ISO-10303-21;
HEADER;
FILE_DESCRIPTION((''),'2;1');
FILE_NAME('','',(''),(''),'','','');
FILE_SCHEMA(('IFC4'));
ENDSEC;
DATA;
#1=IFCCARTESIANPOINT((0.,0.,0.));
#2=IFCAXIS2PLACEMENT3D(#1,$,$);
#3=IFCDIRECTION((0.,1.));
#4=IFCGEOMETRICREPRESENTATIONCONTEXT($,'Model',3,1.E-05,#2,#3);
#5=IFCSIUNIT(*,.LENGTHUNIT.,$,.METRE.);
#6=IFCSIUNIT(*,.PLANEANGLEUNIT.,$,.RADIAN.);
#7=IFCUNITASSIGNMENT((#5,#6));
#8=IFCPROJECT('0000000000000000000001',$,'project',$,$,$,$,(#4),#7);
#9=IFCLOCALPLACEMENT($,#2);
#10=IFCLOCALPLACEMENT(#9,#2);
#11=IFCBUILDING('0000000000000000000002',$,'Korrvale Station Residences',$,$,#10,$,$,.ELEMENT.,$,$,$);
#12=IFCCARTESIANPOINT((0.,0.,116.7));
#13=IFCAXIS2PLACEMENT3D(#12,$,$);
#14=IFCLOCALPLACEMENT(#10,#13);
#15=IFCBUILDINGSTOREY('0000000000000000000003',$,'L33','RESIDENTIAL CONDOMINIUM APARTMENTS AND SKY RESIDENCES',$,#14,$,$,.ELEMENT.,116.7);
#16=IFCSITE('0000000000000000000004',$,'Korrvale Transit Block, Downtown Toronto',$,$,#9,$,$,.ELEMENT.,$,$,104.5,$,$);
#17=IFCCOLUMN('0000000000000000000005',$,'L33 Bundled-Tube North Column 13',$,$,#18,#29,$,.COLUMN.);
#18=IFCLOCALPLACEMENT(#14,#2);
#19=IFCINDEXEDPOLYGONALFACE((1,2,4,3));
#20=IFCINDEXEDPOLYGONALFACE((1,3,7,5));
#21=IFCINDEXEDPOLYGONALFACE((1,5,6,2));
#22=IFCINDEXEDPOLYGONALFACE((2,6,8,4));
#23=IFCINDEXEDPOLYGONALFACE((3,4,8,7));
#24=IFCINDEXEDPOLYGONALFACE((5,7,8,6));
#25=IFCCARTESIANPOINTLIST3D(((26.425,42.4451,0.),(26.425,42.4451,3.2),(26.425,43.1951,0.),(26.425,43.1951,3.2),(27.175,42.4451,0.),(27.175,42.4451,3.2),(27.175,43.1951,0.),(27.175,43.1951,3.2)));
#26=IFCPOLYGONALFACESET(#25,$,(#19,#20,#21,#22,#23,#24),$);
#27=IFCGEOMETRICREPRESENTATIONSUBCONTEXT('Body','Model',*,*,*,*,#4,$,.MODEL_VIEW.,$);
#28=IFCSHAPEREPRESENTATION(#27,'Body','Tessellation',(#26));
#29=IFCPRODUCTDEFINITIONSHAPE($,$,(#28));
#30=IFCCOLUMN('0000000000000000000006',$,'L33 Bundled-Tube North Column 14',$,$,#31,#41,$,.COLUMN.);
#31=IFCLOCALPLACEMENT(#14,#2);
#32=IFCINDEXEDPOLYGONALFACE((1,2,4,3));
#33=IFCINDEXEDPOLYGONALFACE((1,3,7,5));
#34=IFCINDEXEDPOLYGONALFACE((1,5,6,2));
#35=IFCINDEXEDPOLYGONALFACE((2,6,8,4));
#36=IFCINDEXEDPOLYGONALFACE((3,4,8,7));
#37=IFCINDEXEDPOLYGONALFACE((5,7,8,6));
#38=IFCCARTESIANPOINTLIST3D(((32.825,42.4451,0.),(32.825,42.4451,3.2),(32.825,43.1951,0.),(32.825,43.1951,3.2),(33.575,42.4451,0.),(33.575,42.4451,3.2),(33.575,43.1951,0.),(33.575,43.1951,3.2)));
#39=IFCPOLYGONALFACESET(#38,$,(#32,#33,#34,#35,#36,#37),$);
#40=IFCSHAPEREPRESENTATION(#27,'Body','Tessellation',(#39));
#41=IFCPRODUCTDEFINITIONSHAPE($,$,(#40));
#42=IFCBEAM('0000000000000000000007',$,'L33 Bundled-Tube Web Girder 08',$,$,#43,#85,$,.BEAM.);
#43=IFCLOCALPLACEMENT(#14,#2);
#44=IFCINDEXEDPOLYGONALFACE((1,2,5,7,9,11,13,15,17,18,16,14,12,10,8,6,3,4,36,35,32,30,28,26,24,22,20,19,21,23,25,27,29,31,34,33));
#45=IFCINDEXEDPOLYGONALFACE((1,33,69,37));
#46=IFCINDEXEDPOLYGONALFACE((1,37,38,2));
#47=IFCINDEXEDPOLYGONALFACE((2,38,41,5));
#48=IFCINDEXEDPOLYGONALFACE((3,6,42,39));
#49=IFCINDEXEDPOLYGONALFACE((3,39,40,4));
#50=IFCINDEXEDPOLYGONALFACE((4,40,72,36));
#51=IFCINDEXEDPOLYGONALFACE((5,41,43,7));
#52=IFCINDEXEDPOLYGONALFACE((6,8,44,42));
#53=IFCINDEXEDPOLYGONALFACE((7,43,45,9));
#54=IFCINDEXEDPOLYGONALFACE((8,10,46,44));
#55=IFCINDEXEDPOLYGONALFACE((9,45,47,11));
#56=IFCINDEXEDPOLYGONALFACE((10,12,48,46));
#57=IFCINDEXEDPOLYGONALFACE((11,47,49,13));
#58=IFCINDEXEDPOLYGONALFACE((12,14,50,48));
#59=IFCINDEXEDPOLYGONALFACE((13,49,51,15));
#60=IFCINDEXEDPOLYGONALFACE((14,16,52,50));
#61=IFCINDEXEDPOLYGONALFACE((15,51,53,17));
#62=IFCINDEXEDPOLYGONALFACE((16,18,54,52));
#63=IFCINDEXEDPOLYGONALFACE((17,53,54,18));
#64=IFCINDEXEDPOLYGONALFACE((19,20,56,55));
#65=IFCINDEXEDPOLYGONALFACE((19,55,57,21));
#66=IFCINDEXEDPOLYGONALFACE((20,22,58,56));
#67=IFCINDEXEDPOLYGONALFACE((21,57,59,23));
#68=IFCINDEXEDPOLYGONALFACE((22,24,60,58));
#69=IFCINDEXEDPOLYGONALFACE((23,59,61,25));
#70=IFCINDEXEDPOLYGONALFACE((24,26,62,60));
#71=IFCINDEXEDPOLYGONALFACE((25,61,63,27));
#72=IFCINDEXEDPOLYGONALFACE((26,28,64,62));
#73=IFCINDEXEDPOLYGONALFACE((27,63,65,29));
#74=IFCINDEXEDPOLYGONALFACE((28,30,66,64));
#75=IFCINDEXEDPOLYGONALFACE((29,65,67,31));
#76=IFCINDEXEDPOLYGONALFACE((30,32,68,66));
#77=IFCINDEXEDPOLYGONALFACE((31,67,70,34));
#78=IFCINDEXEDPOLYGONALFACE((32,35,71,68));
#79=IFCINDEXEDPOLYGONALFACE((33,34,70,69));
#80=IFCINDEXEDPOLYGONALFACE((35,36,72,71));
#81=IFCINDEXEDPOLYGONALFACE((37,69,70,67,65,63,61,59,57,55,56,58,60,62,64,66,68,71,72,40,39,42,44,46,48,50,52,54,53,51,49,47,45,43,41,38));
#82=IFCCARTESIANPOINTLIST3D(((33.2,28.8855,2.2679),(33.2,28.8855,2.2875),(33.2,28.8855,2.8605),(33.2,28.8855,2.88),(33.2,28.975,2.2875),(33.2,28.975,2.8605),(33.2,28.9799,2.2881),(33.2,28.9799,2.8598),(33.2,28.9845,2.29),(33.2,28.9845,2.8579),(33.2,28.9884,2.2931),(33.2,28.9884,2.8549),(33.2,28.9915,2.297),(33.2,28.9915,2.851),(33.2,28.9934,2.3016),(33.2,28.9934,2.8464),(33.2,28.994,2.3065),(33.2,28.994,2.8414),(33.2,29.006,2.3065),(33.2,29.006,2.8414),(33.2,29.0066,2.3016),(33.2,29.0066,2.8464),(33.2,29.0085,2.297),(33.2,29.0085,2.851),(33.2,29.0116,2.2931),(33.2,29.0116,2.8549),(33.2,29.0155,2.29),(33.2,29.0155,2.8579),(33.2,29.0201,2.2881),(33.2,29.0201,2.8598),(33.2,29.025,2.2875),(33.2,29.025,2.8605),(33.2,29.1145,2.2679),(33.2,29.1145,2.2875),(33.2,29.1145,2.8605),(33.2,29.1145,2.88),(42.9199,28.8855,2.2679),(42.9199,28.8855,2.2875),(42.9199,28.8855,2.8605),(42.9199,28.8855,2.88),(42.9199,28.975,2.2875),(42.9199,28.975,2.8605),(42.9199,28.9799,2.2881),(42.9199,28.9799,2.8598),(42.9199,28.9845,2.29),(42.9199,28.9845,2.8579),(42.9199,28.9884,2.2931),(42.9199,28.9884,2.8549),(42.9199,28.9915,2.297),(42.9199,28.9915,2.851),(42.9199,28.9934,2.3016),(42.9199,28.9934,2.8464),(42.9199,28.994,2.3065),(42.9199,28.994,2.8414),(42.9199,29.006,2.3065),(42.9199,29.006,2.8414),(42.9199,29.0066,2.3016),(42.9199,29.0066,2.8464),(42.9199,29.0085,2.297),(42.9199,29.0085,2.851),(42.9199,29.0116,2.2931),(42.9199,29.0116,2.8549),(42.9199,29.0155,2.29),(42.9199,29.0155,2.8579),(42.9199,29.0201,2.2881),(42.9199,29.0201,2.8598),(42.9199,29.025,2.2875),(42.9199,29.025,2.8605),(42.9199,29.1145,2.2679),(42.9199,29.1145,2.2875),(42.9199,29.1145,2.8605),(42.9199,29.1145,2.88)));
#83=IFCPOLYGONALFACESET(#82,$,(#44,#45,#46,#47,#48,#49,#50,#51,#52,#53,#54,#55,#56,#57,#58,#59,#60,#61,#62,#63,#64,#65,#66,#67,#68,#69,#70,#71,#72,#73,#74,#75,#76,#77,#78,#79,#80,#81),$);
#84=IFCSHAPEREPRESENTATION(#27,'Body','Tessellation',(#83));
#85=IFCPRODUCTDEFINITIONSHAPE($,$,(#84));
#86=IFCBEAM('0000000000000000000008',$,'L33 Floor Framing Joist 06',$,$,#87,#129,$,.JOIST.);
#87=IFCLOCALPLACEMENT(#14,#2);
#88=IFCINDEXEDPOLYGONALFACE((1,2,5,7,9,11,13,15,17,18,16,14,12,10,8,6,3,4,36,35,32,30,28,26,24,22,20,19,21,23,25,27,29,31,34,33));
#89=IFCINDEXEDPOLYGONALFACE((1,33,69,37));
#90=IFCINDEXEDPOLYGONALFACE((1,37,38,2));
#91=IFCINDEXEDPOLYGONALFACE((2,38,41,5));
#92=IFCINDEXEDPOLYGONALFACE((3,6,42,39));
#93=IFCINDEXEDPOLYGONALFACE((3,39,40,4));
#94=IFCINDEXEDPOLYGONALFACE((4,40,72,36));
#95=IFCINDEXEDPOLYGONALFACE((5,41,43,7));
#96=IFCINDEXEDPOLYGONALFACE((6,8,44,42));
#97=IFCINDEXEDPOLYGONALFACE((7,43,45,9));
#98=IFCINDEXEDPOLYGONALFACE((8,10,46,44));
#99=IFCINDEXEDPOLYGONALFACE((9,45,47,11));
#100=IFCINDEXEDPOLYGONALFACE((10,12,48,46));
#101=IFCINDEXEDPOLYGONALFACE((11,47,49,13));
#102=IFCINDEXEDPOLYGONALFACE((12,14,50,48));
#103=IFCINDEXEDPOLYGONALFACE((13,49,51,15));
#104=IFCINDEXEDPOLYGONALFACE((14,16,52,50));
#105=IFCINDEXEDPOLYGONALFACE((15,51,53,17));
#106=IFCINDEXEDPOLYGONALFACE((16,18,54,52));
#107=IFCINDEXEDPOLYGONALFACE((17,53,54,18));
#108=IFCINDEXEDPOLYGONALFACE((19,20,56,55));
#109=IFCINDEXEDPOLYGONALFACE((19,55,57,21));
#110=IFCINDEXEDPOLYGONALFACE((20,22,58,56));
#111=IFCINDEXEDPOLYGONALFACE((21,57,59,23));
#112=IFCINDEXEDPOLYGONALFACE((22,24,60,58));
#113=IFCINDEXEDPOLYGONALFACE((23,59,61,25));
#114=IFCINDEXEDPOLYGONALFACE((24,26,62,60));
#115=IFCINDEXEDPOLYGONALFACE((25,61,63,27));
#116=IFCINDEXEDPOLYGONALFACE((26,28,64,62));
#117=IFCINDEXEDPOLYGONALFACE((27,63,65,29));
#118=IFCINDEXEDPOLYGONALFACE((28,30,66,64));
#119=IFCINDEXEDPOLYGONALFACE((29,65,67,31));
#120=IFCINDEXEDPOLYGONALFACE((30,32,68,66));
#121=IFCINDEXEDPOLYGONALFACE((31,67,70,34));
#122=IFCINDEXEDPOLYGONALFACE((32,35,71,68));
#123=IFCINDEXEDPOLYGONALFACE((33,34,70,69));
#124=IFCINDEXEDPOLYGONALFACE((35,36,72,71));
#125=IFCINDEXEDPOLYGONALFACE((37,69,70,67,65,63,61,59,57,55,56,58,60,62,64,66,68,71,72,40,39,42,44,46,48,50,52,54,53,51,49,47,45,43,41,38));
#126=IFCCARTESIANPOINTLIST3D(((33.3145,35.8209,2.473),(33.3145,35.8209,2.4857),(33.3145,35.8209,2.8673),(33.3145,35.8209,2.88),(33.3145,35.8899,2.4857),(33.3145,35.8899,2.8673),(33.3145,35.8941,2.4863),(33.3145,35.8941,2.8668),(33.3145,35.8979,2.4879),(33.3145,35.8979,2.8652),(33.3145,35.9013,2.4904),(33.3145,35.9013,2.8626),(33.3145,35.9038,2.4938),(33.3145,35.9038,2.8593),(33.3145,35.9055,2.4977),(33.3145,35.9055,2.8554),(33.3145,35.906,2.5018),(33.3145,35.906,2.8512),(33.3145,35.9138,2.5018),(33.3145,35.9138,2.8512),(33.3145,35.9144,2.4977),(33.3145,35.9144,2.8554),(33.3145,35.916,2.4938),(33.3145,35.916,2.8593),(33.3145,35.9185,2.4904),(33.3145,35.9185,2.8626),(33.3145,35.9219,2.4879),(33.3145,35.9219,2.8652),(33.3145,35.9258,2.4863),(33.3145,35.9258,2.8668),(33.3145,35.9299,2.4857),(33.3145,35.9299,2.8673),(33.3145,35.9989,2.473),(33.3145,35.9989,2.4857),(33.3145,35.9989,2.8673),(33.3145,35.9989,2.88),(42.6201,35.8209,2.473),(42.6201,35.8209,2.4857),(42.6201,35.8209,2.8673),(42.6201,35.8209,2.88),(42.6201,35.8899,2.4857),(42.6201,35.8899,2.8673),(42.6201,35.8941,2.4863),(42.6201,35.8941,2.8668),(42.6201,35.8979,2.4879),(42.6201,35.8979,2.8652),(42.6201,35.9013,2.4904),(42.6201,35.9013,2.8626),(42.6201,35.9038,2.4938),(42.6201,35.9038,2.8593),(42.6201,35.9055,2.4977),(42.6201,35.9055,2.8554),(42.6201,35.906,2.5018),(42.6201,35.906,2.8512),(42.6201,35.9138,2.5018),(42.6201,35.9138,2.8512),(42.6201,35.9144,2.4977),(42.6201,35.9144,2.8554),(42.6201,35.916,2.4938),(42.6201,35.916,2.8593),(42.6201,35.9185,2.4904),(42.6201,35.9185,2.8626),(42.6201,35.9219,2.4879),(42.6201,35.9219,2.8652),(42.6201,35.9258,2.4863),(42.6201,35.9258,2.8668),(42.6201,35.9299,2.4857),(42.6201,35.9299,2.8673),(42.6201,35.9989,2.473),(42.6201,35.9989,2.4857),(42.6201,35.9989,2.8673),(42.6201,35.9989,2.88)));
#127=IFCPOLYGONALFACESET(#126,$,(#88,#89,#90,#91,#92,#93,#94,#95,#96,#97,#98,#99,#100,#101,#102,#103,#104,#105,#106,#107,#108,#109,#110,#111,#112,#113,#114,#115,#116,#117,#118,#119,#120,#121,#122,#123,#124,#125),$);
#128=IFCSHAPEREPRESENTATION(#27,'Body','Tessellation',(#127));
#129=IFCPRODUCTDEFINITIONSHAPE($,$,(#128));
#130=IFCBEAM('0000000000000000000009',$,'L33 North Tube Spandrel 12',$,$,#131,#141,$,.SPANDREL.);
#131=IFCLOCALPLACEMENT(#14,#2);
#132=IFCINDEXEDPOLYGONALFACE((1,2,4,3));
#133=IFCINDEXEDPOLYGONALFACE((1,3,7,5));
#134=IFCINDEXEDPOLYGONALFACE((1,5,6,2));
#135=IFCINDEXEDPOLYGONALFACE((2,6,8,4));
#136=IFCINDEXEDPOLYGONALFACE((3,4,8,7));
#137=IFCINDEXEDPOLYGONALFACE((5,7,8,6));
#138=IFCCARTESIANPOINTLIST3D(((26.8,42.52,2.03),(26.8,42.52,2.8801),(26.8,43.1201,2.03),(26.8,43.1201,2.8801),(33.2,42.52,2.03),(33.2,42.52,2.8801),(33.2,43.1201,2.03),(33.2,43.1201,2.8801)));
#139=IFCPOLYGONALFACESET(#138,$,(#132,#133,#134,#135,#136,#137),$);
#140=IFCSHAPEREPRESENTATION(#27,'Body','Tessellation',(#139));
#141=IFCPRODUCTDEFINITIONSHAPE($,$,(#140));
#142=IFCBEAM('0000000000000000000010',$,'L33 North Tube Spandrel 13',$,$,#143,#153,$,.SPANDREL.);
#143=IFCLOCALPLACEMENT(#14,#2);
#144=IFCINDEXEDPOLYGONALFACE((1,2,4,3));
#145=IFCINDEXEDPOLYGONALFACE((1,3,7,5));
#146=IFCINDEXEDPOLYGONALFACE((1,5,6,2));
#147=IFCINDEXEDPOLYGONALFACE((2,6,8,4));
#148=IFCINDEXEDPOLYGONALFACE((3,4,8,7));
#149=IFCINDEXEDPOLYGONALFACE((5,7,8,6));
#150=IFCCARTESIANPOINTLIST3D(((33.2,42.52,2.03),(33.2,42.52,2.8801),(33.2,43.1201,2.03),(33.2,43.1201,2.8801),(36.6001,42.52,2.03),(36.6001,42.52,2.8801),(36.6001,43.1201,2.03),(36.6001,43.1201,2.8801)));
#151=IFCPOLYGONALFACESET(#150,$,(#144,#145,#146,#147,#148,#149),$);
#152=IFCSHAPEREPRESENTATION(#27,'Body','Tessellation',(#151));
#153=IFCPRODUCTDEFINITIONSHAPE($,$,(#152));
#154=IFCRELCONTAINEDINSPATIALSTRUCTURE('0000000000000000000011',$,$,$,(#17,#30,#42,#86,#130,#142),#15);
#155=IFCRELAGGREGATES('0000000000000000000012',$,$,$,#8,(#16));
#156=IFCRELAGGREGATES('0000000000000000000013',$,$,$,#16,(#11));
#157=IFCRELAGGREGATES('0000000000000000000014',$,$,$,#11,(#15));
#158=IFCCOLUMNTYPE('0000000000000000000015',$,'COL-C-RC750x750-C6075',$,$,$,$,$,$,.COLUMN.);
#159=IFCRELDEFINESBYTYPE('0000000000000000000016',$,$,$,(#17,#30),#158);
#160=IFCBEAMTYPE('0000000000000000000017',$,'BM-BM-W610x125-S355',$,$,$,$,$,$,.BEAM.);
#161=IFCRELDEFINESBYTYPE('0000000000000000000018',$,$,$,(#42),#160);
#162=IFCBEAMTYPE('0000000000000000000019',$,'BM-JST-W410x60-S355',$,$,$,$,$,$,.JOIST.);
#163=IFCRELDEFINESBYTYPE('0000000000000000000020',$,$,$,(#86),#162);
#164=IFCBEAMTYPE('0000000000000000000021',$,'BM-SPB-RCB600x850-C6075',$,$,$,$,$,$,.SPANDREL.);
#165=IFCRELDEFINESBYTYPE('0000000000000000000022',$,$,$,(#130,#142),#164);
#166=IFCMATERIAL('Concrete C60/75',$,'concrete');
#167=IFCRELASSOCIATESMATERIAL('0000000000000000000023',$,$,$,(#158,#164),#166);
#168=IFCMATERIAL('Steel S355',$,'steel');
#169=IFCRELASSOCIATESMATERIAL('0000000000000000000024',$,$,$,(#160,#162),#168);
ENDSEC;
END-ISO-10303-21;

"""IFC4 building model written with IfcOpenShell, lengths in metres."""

from ifc_helpers import new_model, si_unit, direction, frame, origin, origin_2d, place, context, subcontext, project, spatial, rectangle, i_section, extrude, material, material_profile, profile_set, type_object, element, save


model = new_model("IFC4")

# Units and contexts
model_context = context("Model", 3, precision=1e-05, world=origin(), true_north=direction((0.0, 1.0)))
body_context = subcontext(model_context, "Body", "Model", "MODEL_VIEW")
ifc_project = project(units=[si_unit("LENGTHUNIT", "METRE"), si_unit("PLANEANGLEUNIT", "RADIAN")], contexts=[model_context])

# Site, building, storey
site_placement = place(None, origin())
site = spatial("IfcSite", under=ifc_project, at=site_placement, Name="Korrvale Transit Block, Downtown Toronto", CompositionType="ELEMENT", RefElevation=104.5)
building_placement = place(site_placement, origin())
building = spatial("IfcBuilding", under=site, at=building_placement, Name="Korrvale Station Residences", CompositionType="ELEMENT")
storey_placement = place(building_placement, frame((0.0, 0.0, 116.7)))
storey = spatial("IfcBuildingStorey", under=building, at=storey_placement, Name="L33", Description="RESIDENTIAL CONDOMINIUM APARTMENTS AND SKY RESIDENCES", CompositionType="ELEMENT", Elevation=116.7)

# Columns
ifc_material_1 = material(Name="Concrete C60/75", Category="concrete")
ifc_material_profile_1 = material_profile(ifc_material_1, rectangle(XDim=0.75, YDim=0.75, at=origin_2d()), Name="RC750x750")
ifc_profile_set_1 = profile_set([ifc_material_profile_1], Name="Concrete C60/75")
column_type = type_object("IfcColumnType", Name="COL-C-RC750x750-C6075", PredefinedType="COLUMN", material=ifc_profile_set_1)
for number, where, z_axis, x_axis, name in (
    (1, (26.8, 42.8201, 0.0), (0.0, 0.0, 1.0), (1.0, 0.0, 0.0), "L33 Bundled-Tube North Column 13"),
    (2, (33.2, 42.8201, 0.0), (0.0, 0.0, 1.0), (1.0, 0.0, 0.0), "L33 Bundled-Tube North Column 14"),
):
    element("IfcColumn", number, at=place(storey_placement, frame(where, z_axis=z_axis, x_axis=x_axis)), inside=storey, type_object=column_type, Name=name, PredefinedType="COLUMN", context=body_context, shape_type="SweptSolid", body=[
        extrude(rectangle(XDim=0.75, YDim=0.75, at=origin_2d()), origin(), (0.0, 0.0, 1.0), 3.2),
    ])

# Beams
ifc_material_2 = material(Name="Steel S355", Category="steel")
ifc_material_profile_2 = material_profile(ifc_material_2, i_section(OverallWidth=0.229, OverallDepth=0.6121, WebThickness=0.012, FlangeThickness=0.0195, FilletRadius=0.019, at=origin_2d()), Name="W610x125")
ifc_profile_set_2 = profile_set([ifc_material_profile_2], Name="Steel S355")
beam_type_1 = type_object("IfcBeamType", Name="BM-BM-W610x125-S355", PredefinedType="BEAM", material=ifc_profile_set_2)
beam_1_placement = place(storey_placement, frame((33.2, 29.0, 2.574), z_axis=(1.0, 0.0, 0.0), x_axis=(0.0, 1.0, 0.0)))
element("IfcBeam", 3, at=beam_1_placement, inside=storey, type_object=beam_type_1, Name="L33 Bundled-Tube Web Girder 08", PredefinedType="BEAM", context=body_context, shape_type="SweptSolid", body=[
    extrude(i_section(OverallWidth=0.229, OverallDepth=0.6121, WebThickness=0.012, FlangeThickness=0.0195, FilletRadius=0.019, at=origin_2d()), origin(), (0.0, 0.0, 1.0), 9.72),
])
ifc_material_profile_3 = material_profile(ifc_material_2, i_section(OverallWidth=0.178, OverallDepth=0.407, WebThickness=0.0078, FlangeThickness=0.0127, FilletRadius=0.0161, at=origin_2d()), Name="W410x60")
ifc_profile_set_3 = profile_set([ifc_material_profile_3], Name="Steel S355")
beam_type_2 = type_object("IfcBeamType", Name="BM-JST-W410x60-S355", PredefinedType="JOIST", material=ifc_profile_set_3)
beam_2_placement = place(storey_placement, frame((33.3145, 35.9099, 2.6765), z_axis=(1.0, 0.0, 0.0), x_axis=(0.0, 1.0, 0.0)))
element("IfcBeam", 4, at=beam_2_placement, inside=storey, type_object=beam_type_2, Name="L33 Floor Framing Joist 06", PredefinedType="JOIST", context=body_context, shape_type="SweptSolid", body=[
    extrude(i_section(OverallWidth=0.178, OverallDepth=0.407, WebThickness=0.0078, FlangeThickness=0.0127, FilletRadius=0.0161, at=origin_2d()), origin(), (0.0, 0.0, 1.0), 9.3057),
])
ifc_material_profile_4 = material_profile(ifc_material_1, rectangle(XDim=0.6001, YDim=0.8501, at=origin_2d()), Name="RCB600x850")
ifc_profile_set_4 = profile_set([ifc_material_profile_4], Name="Concrete C60/75")
beam_type_3 = type_object("IfcBeamType", Name="BM-SPB-RCB600x850-C6075", PredefinedType="SPANDREL", material=ifc_profile_set_4)
beam_3_placement = place(storey_placement, frame((26.8, 42.8201, 2.4551), z_axis=(1.0, 0.0, 0.0), x_axis=(0.0, 1.0, 0.0)))
element("IfcBeam", 5, at=beam_3_placement, inside=storey, type_object=beam_type_3, Name="L33 North Tube Spandrel 12", PredefinedType="SPANDREL", context=body_context, shape_type="SweptSolid", body=[
    extrude(rectangle(XDim=0.6001, YDim=0.8501, at=origin_2d()), origin(), (0.0, 0.0, 1.0), 6.3999),
])
beam_4_placement = place(storey_placement, frame((33.2, 42.8201, 2.4551), z_axis=(1.0, 0.0, 0.0), x_axis=(0.0, 1.0, 0.0)))
element("IfcBeam", 6, at=beam_4_placement, inside=storey, type_object=beam_type_3, Name="L33 North Tube Spandrel 13", PredefinedType="SPANDREL", context=body_context, shape_type="SweptSolid", body=[
    extrude(rectangle(XDim=0.6001, YDim=0.8501, at=origin_2d()), origin(), (0.0, 0.0, 1.0), 3.4001),
])

save(model, "model.ifc")
